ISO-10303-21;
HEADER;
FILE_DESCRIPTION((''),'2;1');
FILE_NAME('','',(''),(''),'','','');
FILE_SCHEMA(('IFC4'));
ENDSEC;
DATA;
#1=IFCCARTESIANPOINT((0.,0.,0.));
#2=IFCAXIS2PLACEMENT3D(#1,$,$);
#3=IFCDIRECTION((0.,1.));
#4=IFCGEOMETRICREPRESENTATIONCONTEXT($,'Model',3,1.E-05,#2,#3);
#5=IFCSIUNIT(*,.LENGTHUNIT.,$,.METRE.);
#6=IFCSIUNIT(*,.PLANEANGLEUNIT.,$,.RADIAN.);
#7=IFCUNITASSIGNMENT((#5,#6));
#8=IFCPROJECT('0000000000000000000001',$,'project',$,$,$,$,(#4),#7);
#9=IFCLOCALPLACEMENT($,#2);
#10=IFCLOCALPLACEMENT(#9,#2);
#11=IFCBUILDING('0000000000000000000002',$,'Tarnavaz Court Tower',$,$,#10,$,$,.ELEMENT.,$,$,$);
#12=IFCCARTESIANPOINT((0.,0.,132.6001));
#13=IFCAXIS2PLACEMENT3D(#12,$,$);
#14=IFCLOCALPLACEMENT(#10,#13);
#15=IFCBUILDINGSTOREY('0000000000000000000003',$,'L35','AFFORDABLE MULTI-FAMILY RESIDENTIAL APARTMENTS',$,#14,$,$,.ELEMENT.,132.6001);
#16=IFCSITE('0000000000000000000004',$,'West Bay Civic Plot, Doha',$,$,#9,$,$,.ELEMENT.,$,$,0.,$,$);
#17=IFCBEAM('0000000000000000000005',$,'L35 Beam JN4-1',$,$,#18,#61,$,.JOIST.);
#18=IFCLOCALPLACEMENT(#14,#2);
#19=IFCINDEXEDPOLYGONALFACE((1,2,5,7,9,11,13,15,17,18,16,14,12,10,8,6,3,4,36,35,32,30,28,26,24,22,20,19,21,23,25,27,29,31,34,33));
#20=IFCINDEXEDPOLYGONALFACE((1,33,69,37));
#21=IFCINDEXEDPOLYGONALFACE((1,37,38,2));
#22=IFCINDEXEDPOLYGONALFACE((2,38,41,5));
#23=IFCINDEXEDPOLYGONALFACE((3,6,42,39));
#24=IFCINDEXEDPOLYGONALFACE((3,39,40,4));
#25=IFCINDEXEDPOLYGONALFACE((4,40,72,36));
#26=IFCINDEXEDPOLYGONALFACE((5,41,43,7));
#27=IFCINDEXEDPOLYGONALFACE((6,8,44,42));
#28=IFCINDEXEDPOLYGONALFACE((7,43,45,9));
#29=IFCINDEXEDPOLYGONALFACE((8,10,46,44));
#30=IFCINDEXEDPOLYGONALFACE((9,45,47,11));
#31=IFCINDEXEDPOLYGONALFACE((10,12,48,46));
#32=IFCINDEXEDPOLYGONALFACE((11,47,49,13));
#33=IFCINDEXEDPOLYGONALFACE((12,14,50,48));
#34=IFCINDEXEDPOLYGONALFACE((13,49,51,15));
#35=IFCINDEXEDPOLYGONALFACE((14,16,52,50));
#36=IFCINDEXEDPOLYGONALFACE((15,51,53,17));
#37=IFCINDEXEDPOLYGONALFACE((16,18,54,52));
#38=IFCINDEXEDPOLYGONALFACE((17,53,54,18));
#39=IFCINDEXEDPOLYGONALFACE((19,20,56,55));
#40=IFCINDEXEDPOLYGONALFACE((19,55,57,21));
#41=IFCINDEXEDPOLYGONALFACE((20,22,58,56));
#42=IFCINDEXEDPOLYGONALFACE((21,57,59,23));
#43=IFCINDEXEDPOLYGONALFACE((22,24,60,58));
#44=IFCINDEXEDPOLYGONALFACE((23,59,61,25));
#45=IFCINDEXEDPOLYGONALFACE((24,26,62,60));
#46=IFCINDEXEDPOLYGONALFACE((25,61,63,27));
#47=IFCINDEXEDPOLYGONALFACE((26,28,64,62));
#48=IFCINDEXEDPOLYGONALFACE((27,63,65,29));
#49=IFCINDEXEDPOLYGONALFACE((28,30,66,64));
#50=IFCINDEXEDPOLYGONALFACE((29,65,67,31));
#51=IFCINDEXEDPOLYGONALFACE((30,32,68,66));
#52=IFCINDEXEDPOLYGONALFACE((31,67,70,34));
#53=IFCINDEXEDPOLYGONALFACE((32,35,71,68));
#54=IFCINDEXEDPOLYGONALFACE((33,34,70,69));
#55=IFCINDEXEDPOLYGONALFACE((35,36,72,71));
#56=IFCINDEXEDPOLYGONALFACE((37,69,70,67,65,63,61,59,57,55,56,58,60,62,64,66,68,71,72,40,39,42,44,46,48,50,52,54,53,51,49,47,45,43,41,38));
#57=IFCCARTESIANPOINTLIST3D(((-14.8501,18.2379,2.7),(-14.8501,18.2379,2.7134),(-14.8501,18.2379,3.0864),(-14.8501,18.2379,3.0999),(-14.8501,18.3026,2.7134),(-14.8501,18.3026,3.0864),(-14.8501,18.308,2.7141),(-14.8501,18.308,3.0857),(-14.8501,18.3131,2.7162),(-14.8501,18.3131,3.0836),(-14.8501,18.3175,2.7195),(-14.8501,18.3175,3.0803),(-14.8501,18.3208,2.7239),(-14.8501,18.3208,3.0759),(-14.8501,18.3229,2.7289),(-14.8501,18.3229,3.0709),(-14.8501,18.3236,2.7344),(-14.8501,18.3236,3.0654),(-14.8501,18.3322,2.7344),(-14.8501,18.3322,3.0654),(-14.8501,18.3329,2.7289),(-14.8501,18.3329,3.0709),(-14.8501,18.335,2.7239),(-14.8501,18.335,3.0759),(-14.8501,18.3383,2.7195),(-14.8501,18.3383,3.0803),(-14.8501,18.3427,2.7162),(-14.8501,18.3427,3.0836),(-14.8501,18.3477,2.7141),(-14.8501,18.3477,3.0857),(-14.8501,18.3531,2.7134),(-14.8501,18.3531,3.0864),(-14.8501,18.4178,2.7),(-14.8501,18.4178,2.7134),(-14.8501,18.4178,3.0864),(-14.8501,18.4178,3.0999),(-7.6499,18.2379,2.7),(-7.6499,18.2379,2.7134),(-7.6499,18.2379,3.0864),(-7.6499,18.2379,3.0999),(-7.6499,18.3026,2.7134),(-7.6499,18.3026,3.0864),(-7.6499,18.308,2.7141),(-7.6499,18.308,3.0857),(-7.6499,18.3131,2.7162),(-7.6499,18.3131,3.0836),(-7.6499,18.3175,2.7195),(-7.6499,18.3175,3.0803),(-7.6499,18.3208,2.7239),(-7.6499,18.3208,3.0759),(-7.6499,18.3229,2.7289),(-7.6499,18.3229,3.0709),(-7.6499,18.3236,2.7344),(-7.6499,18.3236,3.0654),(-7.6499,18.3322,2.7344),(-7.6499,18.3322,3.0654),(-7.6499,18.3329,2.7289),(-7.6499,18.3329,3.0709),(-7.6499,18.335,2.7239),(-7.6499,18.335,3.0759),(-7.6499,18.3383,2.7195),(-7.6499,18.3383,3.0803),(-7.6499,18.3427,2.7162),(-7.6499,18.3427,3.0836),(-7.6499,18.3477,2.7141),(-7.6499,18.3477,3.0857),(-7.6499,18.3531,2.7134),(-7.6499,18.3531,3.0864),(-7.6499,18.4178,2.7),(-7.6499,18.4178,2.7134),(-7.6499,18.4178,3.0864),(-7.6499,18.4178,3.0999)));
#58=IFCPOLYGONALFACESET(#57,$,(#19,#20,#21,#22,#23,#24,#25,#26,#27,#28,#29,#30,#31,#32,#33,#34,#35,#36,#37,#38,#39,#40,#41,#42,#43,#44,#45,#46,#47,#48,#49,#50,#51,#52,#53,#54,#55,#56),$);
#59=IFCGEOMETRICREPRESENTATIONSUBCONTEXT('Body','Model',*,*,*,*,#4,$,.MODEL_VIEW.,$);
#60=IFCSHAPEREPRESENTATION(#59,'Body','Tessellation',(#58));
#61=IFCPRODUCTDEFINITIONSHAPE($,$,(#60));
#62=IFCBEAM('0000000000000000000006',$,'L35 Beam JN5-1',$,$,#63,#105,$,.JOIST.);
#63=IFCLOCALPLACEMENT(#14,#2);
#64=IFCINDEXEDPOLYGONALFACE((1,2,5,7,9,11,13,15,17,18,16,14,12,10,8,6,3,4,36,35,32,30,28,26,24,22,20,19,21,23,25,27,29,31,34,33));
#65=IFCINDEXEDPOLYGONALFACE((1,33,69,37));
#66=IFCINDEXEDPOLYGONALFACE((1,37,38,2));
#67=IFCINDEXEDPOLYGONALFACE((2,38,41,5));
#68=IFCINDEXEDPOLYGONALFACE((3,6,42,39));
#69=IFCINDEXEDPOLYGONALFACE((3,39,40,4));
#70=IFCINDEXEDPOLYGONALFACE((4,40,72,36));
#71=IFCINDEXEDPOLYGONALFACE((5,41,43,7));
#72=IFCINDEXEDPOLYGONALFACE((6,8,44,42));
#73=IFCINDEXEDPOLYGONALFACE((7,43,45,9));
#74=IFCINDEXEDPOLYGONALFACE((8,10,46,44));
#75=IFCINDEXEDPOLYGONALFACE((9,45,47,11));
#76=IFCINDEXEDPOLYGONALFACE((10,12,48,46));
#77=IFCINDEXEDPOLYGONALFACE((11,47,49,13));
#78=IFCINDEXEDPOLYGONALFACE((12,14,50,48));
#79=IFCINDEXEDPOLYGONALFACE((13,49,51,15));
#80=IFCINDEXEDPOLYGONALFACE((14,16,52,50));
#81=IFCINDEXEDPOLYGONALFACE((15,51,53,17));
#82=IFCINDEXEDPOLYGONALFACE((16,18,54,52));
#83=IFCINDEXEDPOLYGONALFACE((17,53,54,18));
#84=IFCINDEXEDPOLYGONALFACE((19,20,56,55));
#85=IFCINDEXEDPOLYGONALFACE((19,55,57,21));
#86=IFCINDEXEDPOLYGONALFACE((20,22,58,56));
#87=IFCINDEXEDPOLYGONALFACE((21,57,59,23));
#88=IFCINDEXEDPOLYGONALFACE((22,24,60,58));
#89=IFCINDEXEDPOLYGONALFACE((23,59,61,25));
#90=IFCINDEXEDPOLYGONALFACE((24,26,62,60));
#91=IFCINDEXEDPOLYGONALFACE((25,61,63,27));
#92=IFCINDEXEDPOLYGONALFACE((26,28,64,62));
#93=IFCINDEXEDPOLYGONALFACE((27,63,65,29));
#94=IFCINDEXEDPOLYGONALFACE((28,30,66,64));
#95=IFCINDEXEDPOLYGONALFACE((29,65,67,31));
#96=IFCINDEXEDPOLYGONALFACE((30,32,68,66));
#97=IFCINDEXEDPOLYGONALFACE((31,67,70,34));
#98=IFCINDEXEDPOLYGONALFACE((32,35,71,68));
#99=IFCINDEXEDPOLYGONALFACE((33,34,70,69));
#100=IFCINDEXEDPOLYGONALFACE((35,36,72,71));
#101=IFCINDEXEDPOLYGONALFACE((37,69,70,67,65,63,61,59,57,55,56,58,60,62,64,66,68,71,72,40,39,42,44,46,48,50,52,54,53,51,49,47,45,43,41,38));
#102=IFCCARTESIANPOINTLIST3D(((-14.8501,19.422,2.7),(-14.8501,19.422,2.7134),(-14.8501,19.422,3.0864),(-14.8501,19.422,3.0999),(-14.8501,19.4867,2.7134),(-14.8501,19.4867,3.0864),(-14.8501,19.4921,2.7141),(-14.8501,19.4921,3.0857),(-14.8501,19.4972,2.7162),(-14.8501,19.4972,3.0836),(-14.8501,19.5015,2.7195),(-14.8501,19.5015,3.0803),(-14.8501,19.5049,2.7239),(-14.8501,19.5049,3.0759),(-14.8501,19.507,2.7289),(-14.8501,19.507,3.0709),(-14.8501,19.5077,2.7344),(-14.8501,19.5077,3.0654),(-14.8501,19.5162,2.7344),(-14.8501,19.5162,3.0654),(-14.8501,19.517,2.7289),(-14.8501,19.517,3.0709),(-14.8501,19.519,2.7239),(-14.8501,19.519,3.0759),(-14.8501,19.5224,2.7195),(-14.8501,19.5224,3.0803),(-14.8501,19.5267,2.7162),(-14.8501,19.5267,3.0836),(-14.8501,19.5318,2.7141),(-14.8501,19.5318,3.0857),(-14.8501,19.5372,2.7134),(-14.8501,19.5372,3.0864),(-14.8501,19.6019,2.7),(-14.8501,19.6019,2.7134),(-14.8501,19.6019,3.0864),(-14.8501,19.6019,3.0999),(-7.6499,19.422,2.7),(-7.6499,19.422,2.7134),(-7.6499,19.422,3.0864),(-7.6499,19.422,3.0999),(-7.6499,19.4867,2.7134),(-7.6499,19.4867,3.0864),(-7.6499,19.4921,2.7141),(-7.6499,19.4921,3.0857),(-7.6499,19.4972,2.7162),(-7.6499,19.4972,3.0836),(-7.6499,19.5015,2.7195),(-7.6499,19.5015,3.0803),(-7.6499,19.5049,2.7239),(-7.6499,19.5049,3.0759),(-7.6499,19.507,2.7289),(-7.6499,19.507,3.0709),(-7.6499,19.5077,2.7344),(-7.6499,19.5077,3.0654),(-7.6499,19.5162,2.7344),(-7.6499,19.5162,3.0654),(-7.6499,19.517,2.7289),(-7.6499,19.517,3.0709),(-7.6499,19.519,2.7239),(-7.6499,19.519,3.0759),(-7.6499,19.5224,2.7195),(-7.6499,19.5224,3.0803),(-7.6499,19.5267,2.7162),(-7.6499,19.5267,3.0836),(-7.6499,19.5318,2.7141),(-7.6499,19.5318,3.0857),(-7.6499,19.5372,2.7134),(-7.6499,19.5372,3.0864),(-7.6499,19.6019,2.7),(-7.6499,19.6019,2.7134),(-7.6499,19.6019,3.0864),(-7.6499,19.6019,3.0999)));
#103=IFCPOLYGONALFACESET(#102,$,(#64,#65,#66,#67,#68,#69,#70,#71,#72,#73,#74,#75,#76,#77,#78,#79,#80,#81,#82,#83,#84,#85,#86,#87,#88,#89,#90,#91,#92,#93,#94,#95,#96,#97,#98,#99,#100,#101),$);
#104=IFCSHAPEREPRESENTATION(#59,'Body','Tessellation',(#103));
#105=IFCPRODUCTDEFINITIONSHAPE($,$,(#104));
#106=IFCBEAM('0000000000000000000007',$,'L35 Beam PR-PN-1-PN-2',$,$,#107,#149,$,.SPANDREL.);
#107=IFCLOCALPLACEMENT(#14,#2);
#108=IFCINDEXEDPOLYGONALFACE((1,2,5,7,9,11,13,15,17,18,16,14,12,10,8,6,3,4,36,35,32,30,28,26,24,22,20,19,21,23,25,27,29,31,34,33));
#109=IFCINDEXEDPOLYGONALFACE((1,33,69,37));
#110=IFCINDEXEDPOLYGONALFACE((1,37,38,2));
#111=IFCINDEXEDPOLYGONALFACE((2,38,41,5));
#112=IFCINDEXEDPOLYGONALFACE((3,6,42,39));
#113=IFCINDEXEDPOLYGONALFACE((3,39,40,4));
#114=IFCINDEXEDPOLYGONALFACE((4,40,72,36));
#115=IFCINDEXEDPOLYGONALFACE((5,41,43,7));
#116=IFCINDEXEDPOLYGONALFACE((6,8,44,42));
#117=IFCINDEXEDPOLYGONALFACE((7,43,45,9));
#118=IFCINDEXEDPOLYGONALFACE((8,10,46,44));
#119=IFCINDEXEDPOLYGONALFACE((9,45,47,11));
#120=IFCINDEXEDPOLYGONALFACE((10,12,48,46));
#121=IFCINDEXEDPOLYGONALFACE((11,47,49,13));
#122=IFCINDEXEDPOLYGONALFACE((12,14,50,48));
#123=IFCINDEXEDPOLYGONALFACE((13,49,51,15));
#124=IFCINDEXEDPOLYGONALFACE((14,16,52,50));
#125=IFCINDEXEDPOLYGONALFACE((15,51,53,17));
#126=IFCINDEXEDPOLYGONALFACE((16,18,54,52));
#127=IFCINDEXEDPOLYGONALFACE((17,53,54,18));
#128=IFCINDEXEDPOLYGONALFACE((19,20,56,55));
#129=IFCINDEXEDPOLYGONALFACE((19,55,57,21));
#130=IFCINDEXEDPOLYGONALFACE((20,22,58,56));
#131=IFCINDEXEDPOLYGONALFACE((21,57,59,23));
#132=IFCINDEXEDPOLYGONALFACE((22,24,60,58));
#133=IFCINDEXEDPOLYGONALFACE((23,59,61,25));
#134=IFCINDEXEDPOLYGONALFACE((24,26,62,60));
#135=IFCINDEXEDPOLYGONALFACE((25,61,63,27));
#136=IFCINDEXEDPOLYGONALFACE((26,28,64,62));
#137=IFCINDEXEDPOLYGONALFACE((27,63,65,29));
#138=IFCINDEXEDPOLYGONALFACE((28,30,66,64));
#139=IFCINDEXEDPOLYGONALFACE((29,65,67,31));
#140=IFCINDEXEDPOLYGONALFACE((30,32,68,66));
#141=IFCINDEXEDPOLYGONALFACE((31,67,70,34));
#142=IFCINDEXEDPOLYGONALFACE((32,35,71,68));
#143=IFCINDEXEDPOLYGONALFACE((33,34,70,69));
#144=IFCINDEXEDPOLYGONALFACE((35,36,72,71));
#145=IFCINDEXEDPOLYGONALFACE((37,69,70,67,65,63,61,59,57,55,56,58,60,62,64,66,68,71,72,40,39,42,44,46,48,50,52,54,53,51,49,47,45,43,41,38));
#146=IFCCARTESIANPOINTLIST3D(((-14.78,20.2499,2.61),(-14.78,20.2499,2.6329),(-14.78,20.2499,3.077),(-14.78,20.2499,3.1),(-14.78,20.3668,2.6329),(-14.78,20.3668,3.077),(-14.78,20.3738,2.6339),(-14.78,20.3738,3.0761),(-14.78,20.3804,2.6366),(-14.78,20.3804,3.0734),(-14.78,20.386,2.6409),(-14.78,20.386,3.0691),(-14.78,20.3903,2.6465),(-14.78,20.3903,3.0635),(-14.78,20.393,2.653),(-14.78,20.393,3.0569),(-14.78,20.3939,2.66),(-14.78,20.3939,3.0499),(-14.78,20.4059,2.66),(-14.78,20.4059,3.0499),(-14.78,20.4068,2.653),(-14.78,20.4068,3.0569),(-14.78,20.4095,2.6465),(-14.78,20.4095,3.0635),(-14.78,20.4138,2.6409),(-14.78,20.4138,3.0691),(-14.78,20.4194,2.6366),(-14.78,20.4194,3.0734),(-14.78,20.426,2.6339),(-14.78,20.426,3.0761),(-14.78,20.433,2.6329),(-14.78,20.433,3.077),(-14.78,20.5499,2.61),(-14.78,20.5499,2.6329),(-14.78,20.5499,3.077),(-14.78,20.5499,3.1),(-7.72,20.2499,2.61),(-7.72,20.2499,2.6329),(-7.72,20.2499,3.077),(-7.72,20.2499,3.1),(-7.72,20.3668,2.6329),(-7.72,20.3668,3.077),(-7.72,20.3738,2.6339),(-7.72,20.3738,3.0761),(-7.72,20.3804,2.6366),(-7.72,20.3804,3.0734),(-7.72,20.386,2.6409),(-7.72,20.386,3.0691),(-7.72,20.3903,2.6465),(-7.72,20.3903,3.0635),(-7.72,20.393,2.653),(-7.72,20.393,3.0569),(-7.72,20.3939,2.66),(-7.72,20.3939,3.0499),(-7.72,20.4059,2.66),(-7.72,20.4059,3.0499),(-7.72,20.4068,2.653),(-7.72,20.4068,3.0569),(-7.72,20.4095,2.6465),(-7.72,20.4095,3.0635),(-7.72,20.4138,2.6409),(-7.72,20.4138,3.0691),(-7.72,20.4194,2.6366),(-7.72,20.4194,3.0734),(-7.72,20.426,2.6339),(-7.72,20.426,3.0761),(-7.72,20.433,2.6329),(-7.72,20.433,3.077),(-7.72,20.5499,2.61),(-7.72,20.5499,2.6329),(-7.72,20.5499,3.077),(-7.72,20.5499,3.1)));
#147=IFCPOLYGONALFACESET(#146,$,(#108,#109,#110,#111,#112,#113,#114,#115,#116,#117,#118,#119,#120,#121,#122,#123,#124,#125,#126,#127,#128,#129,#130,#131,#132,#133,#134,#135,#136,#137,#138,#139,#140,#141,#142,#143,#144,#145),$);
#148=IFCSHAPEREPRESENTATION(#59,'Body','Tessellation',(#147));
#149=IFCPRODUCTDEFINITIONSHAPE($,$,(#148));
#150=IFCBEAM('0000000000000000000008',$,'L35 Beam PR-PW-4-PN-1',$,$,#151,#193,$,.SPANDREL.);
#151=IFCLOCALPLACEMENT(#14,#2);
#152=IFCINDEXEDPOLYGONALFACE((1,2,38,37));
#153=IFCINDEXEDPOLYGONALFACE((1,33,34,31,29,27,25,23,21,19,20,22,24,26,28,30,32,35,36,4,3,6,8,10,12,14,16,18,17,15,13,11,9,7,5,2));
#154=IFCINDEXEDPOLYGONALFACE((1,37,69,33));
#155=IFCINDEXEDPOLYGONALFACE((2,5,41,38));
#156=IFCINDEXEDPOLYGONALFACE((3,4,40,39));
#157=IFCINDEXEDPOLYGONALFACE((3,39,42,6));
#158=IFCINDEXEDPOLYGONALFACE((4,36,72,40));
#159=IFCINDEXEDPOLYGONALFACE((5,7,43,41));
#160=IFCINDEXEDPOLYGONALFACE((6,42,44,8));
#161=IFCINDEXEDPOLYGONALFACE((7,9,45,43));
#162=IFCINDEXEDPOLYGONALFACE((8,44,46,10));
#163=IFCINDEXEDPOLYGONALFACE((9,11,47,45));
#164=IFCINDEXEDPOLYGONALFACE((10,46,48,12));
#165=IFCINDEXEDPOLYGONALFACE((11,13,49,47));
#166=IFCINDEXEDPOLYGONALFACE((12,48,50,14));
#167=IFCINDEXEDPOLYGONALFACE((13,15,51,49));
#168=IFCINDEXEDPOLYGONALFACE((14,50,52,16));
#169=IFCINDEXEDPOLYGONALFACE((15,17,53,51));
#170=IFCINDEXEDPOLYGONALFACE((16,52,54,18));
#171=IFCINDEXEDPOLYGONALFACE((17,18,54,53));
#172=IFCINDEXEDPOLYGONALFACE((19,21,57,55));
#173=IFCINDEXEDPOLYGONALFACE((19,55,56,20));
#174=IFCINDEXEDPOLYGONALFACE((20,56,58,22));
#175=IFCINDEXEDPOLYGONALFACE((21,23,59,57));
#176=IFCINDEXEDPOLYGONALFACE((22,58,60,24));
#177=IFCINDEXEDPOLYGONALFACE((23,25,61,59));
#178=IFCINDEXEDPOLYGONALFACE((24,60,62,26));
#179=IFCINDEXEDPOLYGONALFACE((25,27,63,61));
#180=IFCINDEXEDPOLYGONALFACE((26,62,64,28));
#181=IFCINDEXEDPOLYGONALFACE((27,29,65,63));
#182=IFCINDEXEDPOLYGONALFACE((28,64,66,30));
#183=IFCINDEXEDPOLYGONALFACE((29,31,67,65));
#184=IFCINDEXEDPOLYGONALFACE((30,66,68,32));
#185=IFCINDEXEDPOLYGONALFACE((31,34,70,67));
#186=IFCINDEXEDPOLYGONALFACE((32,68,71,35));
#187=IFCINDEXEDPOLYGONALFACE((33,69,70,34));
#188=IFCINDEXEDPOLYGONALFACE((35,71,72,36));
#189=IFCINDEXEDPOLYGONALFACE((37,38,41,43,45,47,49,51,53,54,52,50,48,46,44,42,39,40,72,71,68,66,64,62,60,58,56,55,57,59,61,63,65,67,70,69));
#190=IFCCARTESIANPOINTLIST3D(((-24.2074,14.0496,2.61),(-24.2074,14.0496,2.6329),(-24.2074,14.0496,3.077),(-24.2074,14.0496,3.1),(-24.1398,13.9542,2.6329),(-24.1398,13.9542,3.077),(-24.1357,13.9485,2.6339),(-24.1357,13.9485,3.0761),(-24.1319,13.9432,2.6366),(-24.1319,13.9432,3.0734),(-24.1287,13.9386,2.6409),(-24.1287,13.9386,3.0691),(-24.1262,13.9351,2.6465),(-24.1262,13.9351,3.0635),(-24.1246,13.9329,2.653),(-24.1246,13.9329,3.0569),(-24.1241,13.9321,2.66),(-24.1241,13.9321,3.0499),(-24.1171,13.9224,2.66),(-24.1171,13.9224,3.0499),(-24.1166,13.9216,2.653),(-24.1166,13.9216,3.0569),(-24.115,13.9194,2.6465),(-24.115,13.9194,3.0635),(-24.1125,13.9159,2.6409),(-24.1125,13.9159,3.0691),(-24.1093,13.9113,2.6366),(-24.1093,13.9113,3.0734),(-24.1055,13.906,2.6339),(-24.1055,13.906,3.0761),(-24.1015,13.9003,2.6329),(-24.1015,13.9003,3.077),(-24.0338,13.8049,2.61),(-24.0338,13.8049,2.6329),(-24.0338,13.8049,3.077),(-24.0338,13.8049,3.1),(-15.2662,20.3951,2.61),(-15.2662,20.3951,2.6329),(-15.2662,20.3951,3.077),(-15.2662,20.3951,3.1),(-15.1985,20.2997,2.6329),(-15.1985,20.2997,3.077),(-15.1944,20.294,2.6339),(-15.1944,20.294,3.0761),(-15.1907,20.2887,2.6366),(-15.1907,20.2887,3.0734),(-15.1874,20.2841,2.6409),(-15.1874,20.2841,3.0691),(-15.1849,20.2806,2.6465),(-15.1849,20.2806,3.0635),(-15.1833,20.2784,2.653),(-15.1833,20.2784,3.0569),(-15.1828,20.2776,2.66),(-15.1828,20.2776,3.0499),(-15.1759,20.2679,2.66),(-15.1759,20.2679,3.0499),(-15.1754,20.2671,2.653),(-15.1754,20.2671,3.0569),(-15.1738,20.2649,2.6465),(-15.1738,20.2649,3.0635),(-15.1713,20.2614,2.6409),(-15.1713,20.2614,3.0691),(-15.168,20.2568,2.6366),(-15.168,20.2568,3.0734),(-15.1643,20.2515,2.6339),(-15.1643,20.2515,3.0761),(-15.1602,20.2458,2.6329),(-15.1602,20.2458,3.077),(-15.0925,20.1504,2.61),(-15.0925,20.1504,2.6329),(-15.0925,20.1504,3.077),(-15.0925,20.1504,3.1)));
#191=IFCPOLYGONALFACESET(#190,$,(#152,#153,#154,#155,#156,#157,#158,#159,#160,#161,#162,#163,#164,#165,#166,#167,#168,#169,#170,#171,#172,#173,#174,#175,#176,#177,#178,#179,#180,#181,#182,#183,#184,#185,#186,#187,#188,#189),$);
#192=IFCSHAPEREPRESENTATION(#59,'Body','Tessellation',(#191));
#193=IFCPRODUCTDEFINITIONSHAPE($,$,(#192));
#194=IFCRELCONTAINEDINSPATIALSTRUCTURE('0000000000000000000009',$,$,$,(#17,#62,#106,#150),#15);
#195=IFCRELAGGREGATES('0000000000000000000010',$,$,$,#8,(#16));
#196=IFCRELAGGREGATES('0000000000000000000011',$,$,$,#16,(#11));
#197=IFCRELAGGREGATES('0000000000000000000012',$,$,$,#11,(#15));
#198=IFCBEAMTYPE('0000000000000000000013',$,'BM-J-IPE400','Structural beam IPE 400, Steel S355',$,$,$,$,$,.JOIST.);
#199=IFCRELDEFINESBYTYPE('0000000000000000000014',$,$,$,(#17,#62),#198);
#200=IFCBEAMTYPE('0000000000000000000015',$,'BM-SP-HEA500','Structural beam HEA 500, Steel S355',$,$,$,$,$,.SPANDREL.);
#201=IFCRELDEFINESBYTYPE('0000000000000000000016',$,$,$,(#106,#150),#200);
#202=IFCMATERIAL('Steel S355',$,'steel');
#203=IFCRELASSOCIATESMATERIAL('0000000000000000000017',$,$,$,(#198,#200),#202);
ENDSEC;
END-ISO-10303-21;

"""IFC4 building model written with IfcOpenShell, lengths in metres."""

from ifc_helpers import new_model, si_unit, direction, frame, origin, origin_2d, place, context, subcontext, project, spatial, i_section, extrude, material, material_profile, profile_set, type_object, element, save


model = new_model("IFC4")

# Units and contexts
model_context = context("Model", 3, precision=1e-05, world=origin(), true_north=direction((0.0, 1.0)))
body_context = subcontext(model_context, "Body", "Model", "MODEL_VIEW")
ifc_project = project(units=[si_unit("LENGTHUNIT", "METRE"), si_unit("PLANEANGLEUNIT", "RADIAN")], contexts=[model_context])

# Site, building, storey
site_placement = place(None, origin())
site = spatial("IfcSite", under=ifc_project, at=site_placement, Name="West Bay Civic Plot, Doha", CompositionType="ELEMENT", RefElevation=0.0)
building_placement = place(site_placement, origin())
building = spatial("IfcBuilding", under=site, at=building_placement, Name="Tarnavaz Court Tower", CompositionType="ELEMENT")
storey_placement = place(building_placement, frame((0.0, 0.0, 132.6001)))
storey = spatial("IfcBuildingStorey", under=building, at=storey_placement, Name="L35", Description="AFFORDABLE MULTI-FAMILY RESIDENTIAL APARTMENTS", CompositionType="ELEMENT", Elevation=132.6001)

# Beams
ifc_material_1 = material(Name="Steel S355", Category="steel")
ifc_material_profile_1 = material_profile(ifc_material_1, i_section(OverallWidth=0.1799, OverallDepth=0.3999, WebThickness=0.0085, FlangeThickness=0.0134, FilletRadius=0.021, at=origin_2d()), Name="IPE 400")
ifc_profile_set_1 = profile_set([ifc_material_profile_1], Name="Steel S355")
beam_type_1 = type_object("IfcBeamType", Name="BM-J-IPE400", Description="Structural beam IPE 400, Steel S355", PredefinedType="JOIST", material=ifc_profile_set_1)
for number, where, z_axis, x_axis, name in (
    (1, (-14.8501, 18.3279, 2.8999), (1.0, 0.0, 0.0), (0.0, 1.0, 0.0), "L35 Beam JN4-1"),
    (2, (-14.8501, 19.512, 2.8999), (1.0, 0.0, 0.0), (0.0, 1.0, 0.0), "L35 Beam JN5-1"),
):
    element("IfcBeam", number, at=place(storey_placement, frame(where, z_axis=z_axis, x_axis=x_axis)), inside=storey, type_object=beam_type_1, Name=name, PredefinedType="JOIST", context=body_context, shape_type="SweptSolid", body=[
        extrude(i_section(OverallWidth=0.1799, OverallDepth=0.3999, WebThickness=0.0085, FlangeThickness=0.0134, FilletRadius=0.021, at=origin_2d()), origin(), (0.0, 0.0, 1.0), 7.2002),
    ])
ifc_material_profile_2 = material_profile(ifc_material_1, i_section(OverallWidth=0.3, OverallDepth=0.49, WebThickness=0.012, FlangeThickness=0.0229, FilletRadius=0.0271, at=origin_2d()), Name="HEA 500")
ifc_profile_set_2 = profile_set([ifc_material_profile_2], Name="Steel S355")
beam_type_2 = type_object("IfcBeamType", Name="BM-SP-HEA500", Description="Structural beam HEA 500, Steel S355", PredefinedType="SPANDREL", material=ifc_profile_set_2)
beam_1_placement = place(storey_placement, frame((-14.78, 20.3999, 2.855), z_axis=(1.0, 0.0, 0.0), x_axis=(0.0, 1.0, 0.0)))
element("IfcBeam", 3, at=beam_1_placement, inside=storey, type_object=beam_type_2, Name="L35 Beam PR-PN-1-PN-2", PredefinedType="SPANDREL", context=body_context, shape_type="SweptSolid", body=[
    extrude(i_section(OverallWidth=0.3, OverallDepth=0.49, WebThickness=0.012, FlangeThickness=0.0229, FilletRadius=0.0271, at=origin_2d()), origin(), (0.0, 0.0, 1.0), 7.0601),
])
beam_2_placement = place(storey_placement, frame((-24.1206, 13.9272, 2.855), z_axis=(0.815502, 0.578754, 0.0), x_axis=(-0.578754, 0.815502, 0.0)))
element("IfcBeam", 4, at=beam_2_placement, inside=storey, type_object=beam_type_2, Name="L35 Beam PR-PW-4-PN-1", PredefinedType="SPANDREL", context=body_context, shape_type="SweptSolid", body=[
    extrude(i_section(OverallWidth=0.3, OverallDepth=0.49, WebThickness=0.012, FlangeThickness=0.0229, FilletRadius=0.0271, at=origin_2d()), origin(), (0.0, 0.0, 1.0), 10.9641),
])

save(model, "model.ifc")
